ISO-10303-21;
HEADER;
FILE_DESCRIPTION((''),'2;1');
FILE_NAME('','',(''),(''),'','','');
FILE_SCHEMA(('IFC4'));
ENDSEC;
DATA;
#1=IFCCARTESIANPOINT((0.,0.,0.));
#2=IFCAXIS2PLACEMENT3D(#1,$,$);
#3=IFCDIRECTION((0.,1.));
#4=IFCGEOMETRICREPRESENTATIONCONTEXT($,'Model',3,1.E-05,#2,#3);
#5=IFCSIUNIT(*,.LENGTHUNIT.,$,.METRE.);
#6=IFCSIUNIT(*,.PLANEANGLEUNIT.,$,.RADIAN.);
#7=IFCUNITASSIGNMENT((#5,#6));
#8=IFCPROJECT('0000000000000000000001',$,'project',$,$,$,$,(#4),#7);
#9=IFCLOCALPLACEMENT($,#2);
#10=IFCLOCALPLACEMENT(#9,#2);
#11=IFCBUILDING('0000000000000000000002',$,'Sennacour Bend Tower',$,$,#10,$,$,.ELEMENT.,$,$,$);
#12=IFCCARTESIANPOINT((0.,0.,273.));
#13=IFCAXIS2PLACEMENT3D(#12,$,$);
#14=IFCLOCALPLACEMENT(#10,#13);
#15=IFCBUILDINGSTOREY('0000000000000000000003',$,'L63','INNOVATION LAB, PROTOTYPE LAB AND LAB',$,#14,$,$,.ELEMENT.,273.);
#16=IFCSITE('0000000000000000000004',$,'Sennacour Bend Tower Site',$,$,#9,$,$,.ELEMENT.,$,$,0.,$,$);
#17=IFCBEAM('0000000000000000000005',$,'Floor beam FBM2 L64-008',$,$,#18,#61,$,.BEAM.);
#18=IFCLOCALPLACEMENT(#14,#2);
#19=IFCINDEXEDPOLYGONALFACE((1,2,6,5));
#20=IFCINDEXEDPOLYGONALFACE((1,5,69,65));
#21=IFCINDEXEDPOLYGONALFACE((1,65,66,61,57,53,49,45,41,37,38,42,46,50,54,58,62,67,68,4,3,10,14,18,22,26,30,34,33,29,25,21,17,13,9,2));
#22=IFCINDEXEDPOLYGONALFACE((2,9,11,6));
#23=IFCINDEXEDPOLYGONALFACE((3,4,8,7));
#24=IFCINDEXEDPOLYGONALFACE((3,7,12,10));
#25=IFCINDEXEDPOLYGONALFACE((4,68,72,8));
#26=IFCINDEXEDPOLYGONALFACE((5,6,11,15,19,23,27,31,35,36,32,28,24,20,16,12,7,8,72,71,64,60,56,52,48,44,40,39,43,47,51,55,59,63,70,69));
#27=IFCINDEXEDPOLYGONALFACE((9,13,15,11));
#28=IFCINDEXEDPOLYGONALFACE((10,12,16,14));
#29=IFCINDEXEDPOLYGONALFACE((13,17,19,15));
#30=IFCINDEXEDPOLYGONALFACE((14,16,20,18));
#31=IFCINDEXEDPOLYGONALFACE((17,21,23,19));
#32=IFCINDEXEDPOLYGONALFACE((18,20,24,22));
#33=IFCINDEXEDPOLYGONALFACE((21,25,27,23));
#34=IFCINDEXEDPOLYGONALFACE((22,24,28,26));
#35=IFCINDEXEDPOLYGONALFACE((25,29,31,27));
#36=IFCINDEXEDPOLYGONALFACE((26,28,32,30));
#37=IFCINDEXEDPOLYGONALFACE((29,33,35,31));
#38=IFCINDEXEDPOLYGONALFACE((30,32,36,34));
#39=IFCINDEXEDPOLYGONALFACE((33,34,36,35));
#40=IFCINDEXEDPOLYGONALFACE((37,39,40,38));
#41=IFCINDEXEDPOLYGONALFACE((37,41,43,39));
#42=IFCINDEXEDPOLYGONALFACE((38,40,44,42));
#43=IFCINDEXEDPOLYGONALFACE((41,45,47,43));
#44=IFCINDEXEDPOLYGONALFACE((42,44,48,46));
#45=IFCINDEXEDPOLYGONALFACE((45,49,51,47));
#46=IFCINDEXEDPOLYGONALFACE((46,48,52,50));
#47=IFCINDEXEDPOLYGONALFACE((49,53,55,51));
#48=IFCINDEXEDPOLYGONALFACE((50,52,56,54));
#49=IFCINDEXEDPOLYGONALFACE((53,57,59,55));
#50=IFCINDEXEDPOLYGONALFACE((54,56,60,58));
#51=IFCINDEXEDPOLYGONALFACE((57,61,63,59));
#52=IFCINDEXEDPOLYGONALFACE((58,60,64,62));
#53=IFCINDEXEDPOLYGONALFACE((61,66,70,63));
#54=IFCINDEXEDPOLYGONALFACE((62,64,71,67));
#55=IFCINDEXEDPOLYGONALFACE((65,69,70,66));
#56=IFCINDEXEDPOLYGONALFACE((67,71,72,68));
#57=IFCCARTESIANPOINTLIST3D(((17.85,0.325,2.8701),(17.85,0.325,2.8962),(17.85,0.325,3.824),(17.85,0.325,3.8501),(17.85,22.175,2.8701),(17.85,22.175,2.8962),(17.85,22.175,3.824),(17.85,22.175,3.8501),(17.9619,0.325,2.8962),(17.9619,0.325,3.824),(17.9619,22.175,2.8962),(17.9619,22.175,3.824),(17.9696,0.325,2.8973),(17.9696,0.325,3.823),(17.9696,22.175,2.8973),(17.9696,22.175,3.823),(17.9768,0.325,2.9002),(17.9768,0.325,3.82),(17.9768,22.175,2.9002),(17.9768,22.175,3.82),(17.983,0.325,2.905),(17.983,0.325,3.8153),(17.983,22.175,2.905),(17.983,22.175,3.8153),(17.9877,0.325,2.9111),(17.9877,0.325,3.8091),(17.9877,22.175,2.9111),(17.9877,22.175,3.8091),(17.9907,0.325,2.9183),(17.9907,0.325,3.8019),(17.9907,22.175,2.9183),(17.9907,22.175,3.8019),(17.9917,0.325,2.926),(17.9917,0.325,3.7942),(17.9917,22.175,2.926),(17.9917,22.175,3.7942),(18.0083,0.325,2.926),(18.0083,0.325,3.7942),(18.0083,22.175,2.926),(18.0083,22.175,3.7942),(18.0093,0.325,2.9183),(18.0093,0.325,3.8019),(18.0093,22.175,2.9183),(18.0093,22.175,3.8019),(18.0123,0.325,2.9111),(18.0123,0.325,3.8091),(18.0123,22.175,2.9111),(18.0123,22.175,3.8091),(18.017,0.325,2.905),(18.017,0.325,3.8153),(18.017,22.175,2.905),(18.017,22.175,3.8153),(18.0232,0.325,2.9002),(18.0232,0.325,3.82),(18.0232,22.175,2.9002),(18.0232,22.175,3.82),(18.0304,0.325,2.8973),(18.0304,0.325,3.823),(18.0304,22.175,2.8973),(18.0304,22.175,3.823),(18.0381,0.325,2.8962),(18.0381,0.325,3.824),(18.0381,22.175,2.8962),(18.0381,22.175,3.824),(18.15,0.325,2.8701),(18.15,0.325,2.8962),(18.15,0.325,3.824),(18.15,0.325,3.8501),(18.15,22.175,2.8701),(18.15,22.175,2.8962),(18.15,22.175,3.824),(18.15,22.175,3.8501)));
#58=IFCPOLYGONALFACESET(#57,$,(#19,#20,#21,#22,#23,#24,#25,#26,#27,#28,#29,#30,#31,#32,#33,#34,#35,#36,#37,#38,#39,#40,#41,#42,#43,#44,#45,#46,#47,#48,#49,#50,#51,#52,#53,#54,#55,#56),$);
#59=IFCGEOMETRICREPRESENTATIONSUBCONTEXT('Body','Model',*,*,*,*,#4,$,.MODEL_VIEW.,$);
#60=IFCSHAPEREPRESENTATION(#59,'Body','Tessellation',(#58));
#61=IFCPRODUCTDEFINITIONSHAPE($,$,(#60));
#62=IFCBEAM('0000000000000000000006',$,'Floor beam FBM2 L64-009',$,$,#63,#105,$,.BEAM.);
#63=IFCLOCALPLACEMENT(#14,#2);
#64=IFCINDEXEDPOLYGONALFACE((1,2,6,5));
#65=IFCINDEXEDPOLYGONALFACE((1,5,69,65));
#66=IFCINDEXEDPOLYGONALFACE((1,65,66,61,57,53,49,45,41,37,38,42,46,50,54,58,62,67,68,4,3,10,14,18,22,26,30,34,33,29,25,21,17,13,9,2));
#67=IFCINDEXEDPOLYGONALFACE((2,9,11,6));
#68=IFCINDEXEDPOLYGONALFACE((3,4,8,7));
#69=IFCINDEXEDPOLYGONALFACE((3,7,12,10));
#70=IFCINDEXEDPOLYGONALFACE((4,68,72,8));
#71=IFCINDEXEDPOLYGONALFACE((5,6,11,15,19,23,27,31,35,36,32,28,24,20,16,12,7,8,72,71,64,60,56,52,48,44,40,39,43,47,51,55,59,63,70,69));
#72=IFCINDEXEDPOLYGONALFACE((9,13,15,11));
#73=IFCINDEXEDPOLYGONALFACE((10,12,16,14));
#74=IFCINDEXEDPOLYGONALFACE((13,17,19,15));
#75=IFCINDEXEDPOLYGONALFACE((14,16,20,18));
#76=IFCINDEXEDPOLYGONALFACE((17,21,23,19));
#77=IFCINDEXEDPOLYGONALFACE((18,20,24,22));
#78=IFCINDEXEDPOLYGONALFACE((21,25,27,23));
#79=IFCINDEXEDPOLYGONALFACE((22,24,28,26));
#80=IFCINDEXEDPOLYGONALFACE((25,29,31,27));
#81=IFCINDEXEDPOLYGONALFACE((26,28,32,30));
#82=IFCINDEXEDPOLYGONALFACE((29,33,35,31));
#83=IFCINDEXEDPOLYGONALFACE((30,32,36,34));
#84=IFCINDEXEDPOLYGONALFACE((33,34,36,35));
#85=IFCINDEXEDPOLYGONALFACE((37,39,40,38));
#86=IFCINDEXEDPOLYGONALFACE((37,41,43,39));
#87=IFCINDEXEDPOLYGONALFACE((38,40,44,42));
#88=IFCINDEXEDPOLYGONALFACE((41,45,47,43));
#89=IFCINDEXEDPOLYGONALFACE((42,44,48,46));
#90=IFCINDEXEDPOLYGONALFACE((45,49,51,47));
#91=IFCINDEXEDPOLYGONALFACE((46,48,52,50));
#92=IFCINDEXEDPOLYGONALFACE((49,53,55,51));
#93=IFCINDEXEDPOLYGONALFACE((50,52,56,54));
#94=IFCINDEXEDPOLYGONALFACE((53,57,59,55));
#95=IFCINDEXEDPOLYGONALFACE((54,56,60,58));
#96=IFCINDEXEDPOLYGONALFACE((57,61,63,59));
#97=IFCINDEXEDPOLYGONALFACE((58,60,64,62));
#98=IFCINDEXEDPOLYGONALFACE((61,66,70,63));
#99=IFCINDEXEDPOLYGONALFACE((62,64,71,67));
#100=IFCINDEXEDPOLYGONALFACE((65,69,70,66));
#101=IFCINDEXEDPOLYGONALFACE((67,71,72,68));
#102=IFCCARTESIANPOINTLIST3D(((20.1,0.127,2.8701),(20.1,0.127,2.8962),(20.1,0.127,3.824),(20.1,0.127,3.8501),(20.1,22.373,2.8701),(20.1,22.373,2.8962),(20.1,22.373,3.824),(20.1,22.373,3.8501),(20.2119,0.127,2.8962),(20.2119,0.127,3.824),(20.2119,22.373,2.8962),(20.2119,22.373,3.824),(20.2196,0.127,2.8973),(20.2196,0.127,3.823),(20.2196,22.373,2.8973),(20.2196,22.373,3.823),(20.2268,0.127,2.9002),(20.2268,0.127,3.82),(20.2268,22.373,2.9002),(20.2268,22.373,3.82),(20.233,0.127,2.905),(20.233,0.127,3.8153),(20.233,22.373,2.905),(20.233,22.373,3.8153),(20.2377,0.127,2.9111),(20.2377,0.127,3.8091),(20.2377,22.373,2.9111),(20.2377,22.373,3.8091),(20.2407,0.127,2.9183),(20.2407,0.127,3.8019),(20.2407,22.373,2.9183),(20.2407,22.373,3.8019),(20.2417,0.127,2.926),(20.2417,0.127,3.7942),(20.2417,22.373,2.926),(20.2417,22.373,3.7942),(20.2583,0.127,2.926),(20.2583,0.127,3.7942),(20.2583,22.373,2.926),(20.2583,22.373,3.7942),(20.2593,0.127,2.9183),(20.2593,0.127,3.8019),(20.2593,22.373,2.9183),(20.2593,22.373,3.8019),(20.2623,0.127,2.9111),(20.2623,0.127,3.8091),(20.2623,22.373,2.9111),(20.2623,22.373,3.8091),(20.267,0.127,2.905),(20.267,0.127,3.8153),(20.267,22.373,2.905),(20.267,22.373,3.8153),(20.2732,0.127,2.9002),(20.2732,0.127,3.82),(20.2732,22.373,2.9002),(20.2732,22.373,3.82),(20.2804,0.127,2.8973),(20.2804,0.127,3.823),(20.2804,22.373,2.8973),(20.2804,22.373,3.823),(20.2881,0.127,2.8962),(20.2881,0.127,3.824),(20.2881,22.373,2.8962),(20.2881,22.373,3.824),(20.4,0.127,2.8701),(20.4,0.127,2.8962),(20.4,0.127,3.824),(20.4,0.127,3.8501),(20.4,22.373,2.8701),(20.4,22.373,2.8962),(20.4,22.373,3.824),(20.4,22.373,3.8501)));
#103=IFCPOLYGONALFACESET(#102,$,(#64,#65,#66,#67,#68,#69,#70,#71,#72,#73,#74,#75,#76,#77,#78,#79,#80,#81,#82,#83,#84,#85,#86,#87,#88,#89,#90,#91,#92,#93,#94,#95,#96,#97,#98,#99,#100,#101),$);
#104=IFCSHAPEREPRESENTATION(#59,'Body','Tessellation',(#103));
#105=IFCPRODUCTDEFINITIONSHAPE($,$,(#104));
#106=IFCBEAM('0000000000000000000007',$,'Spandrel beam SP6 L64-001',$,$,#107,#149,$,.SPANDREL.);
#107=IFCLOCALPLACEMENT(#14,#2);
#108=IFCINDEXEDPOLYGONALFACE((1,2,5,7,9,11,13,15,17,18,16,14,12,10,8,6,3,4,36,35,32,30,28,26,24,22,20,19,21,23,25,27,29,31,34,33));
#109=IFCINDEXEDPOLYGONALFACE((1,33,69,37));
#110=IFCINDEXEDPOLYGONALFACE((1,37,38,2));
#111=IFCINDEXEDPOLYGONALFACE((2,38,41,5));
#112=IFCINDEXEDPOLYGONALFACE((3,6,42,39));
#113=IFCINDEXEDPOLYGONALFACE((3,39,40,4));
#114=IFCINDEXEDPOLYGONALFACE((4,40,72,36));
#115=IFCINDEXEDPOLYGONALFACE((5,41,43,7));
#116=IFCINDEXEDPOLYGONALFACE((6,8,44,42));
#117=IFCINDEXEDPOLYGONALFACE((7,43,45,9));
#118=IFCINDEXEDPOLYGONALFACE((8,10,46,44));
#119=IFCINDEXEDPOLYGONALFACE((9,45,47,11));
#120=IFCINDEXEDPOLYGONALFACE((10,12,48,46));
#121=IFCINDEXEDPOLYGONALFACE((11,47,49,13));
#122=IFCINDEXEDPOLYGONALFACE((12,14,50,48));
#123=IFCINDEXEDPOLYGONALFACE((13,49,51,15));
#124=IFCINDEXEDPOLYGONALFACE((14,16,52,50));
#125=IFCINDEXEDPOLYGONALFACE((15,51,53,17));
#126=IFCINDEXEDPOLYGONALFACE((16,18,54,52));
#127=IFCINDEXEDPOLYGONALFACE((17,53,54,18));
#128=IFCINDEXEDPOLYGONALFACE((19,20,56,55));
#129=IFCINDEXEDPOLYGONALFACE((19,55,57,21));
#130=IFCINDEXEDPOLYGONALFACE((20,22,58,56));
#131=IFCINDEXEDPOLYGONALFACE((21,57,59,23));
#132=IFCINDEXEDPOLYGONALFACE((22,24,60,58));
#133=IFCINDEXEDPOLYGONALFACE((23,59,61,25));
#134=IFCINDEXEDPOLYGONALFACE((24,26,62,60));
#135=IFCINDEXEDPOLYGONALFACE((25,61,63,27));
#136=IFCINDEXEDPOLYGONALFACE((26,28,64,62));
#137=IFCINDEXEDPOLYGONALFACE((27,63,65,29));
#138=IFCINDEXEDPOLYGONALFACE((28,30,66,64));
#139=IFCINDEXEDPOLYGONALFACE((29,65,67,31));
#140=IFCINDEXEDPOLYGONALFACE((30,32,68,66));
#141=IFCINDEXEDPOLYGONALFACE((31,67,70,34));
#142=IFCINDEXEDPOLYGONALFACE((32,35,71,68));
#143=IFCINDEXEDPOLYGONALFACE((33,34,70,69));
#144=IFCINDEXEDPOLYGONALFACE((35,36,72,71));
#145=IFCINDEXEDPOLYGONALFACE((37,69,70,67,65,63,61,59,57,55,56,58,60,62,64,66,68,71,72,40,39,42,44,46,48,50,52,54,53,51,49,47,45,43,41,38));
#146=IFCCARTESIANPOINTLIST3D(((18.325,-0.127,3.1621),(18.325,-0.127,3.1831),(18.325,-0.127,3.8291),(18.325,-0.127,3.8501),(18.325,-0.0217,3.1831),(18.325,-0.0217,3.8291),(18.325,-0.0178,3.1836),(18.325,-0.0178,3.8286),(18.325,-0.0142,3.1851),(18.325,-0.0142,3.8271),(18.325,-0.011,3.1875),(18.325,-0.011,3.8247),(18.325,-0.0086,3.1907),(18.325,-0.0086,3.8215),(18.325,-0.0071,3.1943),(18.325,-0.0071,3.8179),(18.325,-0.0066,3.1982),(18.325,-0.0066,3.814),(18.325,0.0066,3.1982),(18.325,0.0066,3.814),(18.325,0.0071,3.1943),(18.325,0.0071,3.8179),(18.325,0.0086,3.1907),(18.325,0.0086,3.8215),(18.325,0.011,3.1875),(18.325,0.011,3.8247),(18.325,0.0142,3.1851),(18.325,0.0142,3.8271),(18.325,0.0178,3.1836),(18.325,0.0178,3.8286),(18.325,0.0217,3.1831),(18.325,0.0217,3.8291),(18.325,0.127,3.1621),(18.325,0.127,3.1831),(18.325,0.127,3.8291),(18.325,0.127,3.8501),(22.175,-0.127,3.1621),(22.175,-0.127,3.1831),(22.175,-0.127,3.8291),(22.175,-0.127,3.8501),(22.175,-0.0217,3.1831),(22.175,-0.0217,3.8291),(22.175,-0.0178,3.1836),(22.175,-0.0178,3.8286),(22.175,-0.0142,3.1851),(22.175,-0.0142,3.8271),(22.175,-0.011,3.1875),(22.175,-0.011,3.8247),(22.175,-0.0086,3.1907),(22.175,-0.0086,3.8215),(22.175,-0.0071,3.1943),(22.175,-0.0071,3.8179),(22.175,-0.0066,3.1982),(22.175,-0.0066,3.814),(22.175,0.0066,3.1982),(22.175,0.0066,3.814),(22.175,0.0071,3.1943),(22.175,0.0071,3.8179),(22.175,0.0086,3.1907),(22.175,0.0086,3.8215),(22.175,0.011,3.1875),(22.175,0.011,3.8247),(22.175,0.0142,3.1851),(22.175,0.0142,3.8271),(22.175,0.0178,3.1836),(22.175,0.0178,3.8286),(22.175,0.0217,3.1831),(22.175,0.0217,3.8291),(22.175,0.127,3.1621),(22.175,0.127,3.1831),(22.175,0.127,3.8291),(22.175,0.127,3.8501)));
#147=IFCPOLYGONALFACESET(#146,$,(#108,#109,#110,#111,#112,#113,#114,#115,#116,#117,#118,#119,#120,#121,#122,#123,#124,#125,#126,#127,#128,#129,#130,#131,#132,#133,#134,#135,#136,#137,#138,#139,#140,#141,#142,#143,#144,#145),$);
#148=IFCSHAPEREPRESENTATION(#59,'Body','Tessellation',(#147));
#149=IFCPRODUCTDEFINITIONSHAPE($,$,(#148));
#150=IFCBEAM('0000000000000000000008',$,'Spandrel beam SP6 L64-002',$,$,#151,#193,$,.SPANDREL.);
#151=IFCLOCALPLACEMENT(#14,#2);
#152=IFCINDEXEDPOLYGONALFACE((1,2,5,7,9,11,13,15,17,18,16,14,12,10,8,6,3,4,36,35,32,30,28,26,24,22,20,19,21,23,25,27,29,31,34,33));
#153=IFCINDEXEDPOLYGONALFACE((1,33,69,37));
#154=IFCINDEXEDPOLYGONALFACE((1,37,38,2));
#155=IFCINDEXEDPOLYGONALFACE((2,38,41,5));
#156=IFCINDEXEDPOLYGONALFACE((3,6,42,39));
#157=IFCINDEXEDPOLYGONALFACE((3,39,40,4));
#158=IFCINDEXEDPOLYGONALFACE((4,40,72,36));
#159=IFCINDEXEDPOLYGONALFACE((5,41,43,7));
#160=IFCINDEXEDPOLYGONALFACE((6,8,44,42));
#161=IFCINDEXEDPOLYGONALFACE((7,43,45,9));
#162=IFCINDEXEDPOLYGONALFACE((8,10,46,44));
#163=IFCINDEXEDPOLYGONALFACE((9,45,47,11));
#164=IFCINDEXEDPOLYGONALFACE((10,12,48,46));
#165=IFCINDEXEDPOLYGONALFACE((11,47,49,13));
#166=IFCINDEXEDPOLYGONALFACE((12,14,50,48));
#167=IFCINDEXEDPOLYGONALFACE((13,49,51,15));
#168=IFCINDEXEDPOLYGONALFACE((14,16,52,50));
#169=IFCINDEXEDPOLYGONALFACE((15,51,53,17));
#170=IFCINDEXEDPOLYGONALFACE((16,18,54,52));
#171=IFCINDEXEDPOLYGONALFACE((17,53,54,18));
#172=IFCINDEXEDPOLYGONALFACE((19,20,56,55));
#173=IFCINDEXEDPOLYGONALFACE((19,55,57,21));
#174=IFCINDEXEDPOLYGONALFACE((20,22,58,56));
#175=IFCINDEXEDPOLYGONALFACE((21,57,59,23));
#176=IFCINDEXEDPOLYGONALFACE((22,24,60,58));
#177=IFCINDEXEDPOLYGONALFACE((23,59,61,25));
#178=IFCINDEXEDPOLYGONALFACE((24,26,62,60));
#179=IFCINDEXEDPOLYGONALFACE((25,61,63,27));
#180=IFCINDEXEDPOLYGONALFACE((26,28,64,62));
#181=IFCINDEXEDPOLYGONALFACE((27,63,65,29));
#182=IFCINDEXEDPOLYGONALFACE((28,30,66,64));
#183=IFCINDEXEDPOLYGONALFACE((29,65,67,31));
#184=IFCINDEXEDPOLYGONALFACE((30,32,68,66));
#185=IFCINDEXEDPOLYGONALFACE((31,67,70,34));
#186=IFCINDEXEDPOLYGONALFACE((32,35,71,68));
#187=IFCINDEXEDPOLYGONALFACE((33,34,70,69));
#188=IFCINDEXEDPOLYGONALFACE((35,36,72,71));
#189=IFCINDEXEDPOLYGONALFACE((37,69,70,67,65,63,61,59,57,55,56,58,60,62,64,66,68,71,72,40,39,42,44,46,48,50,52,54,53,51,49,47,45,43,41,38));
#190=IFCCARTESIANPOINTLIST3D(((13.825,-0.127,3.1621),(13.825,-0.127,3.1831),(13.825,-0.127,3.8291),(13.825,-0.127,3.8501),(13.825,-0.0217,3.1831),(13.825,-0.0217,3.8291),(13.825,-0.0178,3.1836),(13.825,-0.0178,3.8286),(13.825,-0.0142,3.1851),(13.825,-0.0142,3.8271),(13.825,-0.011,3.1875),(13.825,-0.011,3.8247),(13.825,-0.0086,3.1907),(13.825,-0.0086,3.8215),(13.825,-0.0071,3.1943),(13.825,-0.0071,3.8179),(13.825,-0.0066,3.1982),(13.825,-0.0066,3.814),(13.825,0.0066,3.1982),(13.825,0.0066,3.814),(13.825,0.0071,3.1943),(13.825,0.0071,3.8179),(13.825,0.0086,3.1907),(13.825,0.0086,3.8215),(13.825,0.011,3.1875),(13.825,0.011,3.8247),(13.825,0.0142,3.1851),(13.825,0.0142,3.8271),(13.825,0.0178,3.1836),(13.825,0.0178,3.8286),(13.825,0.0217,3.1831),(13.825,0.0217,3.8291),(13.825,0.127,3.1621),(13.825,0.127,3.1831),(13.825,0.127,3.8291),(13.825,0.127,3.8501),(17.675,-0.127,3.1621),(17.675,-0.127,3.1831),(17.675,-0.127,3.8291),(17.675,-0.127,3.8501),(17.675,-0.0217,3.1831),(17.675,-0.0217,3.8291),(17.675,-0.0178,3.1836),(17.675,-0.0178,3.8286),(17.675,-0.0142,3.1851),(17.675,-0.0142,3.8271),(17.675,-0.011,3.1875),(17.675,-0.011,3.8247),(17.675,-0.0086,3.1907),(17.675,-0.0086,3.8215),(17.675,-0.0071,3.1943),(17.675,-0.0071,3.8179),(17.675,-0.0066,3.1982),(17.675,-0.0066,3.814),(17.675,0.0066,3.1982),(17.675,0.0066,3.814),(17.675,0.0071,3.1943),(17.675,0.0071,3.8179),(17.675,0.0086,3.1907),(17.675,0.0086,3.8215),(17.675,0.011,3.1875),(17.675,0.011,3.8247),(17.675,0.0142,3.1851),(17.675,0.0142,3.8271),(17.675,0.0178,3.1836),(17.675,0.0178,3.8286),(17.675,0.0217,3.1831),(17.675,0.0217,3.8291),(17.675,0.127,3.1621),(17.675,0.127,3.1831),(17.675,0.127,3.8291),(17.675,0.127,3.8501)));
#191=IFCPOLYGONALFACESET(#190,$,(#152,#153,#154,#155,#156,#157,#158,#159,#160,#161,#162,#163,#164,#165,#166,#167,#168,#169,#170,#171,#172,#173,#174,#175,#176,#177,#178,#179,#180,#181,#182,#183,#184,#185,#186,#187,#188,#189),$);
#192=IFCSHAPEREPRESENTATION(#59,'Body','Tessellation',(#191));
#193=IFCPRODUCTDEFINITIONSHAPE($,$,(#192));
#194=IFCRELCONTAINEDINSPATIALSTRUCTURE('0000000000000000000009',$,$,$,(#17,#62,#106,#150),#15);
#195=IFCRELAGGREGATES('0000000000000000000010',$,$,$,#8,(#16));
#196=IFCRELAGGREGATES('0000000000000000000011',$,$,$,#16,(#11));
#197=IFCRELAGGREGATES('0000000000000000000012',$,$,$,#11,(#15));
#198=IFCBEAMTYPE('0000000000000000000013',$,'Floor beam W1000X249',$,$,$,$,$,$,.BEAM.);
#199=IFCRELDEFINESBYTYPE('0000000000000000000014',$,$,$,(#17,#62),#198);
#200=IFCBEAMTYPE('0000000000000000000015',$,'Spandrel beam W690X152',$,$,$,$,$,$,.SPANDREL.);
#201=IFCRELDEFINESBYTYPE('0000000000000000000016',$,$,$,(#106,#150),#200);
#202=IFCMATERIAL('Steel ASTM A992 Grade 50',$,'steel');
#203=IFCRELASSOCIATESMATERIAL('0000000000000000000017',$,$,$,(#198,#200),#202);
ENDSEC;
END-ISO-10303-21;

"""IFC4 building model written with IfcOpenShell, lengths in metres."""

from ifc_helpers import new_model, si_unit, direction, frame, origin, origin_2d, place, context, subcontext, project, spatial, i_section, extrude, material, material_profile, profile_set, type_object, element, save


model = new_model("IFC4")

# Units and contexts
model_context = context("Model", 3, precision=1e-05, world=origin(), true_north=direction((0.0, 1.0)))
body_context = subcontext(model_context, "Body", "Model", "MODEL_VIEW")
ifc_project = project(units=[si_unit("LENGTHUNIT", "METRE"), si_unit("PLANEANGLEUNIT", "RADIAN")], contexts=[model_context])

# Site, building, storey
site_placement = place(None, origin())
site = spatial("IfcSite", under=ifc_project, at=site_placement, Name="Sennacour Bend Tower Site", CompositionType="ELEMENT", RefElevation=0.0)
building_placement = place(site_placement, origin())
building = spatial("IfcBuilding", under=site, at=building_placement, Name="Sennacour Bend Tower", CompositionType="ELEMENT")
storey_placement = place(building_placement, frame((0.0, 0.0, 273.0)))
storey = spatial("IfcBuildingStorey", under=building, at=storey_placement, Name="L63", Description="INNOVATION LAB, PROTOTYPE LAB AND LAB", CompositionType="ELEMENT", Elevation=273.0)

# Beams
ifc_material_1 = material(Name="Steel ASTM A992 Grade 50", Category="steel")
ifc_material_profile_1 = material_profile(ifc_material_1, i_section(OverallWidth=0.3, OverallDepth=0.98, WebThickness=0.0166, FlangeThickness=0.0261, FilletRadius=0.0298, at=origin_2d()), Name="Steel ASTM A992 Grade 50", Category="steel")
ifc_profile_set_1 = profile_set([ifc_material_profile_1], Name="Steel ASTM A992 Grade 50")
beam_type_1 = type_object("IfcBeamType", Name="Floor beam W1000X249", PredefinedType="BEAM", material=ifc_profile_set_1)
beam_1_placement = place(storey_placement, frame((18.0, 0.325, 3.3601), z_axis=(0.0, 1.0, 0.0), x_axis=(-1.0, 0.0, 0.0)))
element("IfcBeam", 1, at=beam_1_placement, inside=storey, type_object=beam_type_1, Name="Floor beam FBM2 L64-008", PredefinedType="BEAM", context=body_context, shape_type="SweptSolid", body=[
    extrude(i_section(OverallWidth=0.3, OverallDepth=0.98, WebThickness=0.0166, FlangeThickness=0.0261, FilletRadius=0.0298, at=origin_2d()), origin(), (0.0, 0.0, 1.0), 21.8501),
])
beam_2_placement = place(storey_placement, frame((20.25, 0.127, 3.3601), z_axis=(0.0, 1.0, 0.0), x_axis=(-1.0, 0.0, 0.0)))
element("IfcBeam", 2, at=beam_2_placement, inside=storey, type_object=beam_type_1, Name="Floor beam FBM2 L64-009", PredefinedType="BEAM", context=body_context, shape_type="SweptSolid", body=[
    extrude(i_section(OverallWidth=0.3, OverallDepth=0.98, WebThickness=0.0166, FlangeThickness=0.0261, FilletRadius=0.0298, at=origin_2d()), origin(), (0.0, 0.0, 1.0), 22.2461),
])
ifc_material_profile_2 = material_profile(ifc_material_1, i_section(OverallWidth=0.2539, OverallDepth=0.688, WebThickness=0.0132, FlangeThickness=0.021, FilletRadius=0.0151, at=origin_2d()), Name="Steel ASTM A992 Grade 50", Category="steel")
ifc_profile_set_2 = profile_set([ifc_material_profile_2], Name="Steel ASTM A992 Grade 50")
beam_type_2 = type_object("IfcBeamType", Name="Spandrel beam W690X152", PredefinedType="SPANDREL", material=ifc_profile_set_2)
for number, where, z_axis, x_axis, name in (
    (3, (22.175, 0.0, 3.5061), (-1.0, 0.0, 0.0), (0.0, -1.0, 0.0), "Spandrel beam SP6 L64-001"),
    (4, (17.675, 0.0, 3.5061), (-1.0, 0.0, 0.0), (0.0, -1.0, 0.0), "Spandrel beam SP6 L64-002"),
):
    element("IfcBeam", number, at=place(storey_placement, frame(where, z_axis=z_axis, x_axis=x_axis)), inside=storey, type_object=beam_type_2, Name=name, PredefinedType="SPANDREL", context=body_context, shape_type="SweptSolid", body=[
        extrude(i_section(OverallWidth=0.2539, OverallDepth=0.688, WebThickness=0.0132, FlangeThickness=0.021, FilletRadius=0.0151, at=origin_2d()), origin(), (0.0, 0.0, 1.0), 3.8501),
    ])

save(model, "model.ifc")
